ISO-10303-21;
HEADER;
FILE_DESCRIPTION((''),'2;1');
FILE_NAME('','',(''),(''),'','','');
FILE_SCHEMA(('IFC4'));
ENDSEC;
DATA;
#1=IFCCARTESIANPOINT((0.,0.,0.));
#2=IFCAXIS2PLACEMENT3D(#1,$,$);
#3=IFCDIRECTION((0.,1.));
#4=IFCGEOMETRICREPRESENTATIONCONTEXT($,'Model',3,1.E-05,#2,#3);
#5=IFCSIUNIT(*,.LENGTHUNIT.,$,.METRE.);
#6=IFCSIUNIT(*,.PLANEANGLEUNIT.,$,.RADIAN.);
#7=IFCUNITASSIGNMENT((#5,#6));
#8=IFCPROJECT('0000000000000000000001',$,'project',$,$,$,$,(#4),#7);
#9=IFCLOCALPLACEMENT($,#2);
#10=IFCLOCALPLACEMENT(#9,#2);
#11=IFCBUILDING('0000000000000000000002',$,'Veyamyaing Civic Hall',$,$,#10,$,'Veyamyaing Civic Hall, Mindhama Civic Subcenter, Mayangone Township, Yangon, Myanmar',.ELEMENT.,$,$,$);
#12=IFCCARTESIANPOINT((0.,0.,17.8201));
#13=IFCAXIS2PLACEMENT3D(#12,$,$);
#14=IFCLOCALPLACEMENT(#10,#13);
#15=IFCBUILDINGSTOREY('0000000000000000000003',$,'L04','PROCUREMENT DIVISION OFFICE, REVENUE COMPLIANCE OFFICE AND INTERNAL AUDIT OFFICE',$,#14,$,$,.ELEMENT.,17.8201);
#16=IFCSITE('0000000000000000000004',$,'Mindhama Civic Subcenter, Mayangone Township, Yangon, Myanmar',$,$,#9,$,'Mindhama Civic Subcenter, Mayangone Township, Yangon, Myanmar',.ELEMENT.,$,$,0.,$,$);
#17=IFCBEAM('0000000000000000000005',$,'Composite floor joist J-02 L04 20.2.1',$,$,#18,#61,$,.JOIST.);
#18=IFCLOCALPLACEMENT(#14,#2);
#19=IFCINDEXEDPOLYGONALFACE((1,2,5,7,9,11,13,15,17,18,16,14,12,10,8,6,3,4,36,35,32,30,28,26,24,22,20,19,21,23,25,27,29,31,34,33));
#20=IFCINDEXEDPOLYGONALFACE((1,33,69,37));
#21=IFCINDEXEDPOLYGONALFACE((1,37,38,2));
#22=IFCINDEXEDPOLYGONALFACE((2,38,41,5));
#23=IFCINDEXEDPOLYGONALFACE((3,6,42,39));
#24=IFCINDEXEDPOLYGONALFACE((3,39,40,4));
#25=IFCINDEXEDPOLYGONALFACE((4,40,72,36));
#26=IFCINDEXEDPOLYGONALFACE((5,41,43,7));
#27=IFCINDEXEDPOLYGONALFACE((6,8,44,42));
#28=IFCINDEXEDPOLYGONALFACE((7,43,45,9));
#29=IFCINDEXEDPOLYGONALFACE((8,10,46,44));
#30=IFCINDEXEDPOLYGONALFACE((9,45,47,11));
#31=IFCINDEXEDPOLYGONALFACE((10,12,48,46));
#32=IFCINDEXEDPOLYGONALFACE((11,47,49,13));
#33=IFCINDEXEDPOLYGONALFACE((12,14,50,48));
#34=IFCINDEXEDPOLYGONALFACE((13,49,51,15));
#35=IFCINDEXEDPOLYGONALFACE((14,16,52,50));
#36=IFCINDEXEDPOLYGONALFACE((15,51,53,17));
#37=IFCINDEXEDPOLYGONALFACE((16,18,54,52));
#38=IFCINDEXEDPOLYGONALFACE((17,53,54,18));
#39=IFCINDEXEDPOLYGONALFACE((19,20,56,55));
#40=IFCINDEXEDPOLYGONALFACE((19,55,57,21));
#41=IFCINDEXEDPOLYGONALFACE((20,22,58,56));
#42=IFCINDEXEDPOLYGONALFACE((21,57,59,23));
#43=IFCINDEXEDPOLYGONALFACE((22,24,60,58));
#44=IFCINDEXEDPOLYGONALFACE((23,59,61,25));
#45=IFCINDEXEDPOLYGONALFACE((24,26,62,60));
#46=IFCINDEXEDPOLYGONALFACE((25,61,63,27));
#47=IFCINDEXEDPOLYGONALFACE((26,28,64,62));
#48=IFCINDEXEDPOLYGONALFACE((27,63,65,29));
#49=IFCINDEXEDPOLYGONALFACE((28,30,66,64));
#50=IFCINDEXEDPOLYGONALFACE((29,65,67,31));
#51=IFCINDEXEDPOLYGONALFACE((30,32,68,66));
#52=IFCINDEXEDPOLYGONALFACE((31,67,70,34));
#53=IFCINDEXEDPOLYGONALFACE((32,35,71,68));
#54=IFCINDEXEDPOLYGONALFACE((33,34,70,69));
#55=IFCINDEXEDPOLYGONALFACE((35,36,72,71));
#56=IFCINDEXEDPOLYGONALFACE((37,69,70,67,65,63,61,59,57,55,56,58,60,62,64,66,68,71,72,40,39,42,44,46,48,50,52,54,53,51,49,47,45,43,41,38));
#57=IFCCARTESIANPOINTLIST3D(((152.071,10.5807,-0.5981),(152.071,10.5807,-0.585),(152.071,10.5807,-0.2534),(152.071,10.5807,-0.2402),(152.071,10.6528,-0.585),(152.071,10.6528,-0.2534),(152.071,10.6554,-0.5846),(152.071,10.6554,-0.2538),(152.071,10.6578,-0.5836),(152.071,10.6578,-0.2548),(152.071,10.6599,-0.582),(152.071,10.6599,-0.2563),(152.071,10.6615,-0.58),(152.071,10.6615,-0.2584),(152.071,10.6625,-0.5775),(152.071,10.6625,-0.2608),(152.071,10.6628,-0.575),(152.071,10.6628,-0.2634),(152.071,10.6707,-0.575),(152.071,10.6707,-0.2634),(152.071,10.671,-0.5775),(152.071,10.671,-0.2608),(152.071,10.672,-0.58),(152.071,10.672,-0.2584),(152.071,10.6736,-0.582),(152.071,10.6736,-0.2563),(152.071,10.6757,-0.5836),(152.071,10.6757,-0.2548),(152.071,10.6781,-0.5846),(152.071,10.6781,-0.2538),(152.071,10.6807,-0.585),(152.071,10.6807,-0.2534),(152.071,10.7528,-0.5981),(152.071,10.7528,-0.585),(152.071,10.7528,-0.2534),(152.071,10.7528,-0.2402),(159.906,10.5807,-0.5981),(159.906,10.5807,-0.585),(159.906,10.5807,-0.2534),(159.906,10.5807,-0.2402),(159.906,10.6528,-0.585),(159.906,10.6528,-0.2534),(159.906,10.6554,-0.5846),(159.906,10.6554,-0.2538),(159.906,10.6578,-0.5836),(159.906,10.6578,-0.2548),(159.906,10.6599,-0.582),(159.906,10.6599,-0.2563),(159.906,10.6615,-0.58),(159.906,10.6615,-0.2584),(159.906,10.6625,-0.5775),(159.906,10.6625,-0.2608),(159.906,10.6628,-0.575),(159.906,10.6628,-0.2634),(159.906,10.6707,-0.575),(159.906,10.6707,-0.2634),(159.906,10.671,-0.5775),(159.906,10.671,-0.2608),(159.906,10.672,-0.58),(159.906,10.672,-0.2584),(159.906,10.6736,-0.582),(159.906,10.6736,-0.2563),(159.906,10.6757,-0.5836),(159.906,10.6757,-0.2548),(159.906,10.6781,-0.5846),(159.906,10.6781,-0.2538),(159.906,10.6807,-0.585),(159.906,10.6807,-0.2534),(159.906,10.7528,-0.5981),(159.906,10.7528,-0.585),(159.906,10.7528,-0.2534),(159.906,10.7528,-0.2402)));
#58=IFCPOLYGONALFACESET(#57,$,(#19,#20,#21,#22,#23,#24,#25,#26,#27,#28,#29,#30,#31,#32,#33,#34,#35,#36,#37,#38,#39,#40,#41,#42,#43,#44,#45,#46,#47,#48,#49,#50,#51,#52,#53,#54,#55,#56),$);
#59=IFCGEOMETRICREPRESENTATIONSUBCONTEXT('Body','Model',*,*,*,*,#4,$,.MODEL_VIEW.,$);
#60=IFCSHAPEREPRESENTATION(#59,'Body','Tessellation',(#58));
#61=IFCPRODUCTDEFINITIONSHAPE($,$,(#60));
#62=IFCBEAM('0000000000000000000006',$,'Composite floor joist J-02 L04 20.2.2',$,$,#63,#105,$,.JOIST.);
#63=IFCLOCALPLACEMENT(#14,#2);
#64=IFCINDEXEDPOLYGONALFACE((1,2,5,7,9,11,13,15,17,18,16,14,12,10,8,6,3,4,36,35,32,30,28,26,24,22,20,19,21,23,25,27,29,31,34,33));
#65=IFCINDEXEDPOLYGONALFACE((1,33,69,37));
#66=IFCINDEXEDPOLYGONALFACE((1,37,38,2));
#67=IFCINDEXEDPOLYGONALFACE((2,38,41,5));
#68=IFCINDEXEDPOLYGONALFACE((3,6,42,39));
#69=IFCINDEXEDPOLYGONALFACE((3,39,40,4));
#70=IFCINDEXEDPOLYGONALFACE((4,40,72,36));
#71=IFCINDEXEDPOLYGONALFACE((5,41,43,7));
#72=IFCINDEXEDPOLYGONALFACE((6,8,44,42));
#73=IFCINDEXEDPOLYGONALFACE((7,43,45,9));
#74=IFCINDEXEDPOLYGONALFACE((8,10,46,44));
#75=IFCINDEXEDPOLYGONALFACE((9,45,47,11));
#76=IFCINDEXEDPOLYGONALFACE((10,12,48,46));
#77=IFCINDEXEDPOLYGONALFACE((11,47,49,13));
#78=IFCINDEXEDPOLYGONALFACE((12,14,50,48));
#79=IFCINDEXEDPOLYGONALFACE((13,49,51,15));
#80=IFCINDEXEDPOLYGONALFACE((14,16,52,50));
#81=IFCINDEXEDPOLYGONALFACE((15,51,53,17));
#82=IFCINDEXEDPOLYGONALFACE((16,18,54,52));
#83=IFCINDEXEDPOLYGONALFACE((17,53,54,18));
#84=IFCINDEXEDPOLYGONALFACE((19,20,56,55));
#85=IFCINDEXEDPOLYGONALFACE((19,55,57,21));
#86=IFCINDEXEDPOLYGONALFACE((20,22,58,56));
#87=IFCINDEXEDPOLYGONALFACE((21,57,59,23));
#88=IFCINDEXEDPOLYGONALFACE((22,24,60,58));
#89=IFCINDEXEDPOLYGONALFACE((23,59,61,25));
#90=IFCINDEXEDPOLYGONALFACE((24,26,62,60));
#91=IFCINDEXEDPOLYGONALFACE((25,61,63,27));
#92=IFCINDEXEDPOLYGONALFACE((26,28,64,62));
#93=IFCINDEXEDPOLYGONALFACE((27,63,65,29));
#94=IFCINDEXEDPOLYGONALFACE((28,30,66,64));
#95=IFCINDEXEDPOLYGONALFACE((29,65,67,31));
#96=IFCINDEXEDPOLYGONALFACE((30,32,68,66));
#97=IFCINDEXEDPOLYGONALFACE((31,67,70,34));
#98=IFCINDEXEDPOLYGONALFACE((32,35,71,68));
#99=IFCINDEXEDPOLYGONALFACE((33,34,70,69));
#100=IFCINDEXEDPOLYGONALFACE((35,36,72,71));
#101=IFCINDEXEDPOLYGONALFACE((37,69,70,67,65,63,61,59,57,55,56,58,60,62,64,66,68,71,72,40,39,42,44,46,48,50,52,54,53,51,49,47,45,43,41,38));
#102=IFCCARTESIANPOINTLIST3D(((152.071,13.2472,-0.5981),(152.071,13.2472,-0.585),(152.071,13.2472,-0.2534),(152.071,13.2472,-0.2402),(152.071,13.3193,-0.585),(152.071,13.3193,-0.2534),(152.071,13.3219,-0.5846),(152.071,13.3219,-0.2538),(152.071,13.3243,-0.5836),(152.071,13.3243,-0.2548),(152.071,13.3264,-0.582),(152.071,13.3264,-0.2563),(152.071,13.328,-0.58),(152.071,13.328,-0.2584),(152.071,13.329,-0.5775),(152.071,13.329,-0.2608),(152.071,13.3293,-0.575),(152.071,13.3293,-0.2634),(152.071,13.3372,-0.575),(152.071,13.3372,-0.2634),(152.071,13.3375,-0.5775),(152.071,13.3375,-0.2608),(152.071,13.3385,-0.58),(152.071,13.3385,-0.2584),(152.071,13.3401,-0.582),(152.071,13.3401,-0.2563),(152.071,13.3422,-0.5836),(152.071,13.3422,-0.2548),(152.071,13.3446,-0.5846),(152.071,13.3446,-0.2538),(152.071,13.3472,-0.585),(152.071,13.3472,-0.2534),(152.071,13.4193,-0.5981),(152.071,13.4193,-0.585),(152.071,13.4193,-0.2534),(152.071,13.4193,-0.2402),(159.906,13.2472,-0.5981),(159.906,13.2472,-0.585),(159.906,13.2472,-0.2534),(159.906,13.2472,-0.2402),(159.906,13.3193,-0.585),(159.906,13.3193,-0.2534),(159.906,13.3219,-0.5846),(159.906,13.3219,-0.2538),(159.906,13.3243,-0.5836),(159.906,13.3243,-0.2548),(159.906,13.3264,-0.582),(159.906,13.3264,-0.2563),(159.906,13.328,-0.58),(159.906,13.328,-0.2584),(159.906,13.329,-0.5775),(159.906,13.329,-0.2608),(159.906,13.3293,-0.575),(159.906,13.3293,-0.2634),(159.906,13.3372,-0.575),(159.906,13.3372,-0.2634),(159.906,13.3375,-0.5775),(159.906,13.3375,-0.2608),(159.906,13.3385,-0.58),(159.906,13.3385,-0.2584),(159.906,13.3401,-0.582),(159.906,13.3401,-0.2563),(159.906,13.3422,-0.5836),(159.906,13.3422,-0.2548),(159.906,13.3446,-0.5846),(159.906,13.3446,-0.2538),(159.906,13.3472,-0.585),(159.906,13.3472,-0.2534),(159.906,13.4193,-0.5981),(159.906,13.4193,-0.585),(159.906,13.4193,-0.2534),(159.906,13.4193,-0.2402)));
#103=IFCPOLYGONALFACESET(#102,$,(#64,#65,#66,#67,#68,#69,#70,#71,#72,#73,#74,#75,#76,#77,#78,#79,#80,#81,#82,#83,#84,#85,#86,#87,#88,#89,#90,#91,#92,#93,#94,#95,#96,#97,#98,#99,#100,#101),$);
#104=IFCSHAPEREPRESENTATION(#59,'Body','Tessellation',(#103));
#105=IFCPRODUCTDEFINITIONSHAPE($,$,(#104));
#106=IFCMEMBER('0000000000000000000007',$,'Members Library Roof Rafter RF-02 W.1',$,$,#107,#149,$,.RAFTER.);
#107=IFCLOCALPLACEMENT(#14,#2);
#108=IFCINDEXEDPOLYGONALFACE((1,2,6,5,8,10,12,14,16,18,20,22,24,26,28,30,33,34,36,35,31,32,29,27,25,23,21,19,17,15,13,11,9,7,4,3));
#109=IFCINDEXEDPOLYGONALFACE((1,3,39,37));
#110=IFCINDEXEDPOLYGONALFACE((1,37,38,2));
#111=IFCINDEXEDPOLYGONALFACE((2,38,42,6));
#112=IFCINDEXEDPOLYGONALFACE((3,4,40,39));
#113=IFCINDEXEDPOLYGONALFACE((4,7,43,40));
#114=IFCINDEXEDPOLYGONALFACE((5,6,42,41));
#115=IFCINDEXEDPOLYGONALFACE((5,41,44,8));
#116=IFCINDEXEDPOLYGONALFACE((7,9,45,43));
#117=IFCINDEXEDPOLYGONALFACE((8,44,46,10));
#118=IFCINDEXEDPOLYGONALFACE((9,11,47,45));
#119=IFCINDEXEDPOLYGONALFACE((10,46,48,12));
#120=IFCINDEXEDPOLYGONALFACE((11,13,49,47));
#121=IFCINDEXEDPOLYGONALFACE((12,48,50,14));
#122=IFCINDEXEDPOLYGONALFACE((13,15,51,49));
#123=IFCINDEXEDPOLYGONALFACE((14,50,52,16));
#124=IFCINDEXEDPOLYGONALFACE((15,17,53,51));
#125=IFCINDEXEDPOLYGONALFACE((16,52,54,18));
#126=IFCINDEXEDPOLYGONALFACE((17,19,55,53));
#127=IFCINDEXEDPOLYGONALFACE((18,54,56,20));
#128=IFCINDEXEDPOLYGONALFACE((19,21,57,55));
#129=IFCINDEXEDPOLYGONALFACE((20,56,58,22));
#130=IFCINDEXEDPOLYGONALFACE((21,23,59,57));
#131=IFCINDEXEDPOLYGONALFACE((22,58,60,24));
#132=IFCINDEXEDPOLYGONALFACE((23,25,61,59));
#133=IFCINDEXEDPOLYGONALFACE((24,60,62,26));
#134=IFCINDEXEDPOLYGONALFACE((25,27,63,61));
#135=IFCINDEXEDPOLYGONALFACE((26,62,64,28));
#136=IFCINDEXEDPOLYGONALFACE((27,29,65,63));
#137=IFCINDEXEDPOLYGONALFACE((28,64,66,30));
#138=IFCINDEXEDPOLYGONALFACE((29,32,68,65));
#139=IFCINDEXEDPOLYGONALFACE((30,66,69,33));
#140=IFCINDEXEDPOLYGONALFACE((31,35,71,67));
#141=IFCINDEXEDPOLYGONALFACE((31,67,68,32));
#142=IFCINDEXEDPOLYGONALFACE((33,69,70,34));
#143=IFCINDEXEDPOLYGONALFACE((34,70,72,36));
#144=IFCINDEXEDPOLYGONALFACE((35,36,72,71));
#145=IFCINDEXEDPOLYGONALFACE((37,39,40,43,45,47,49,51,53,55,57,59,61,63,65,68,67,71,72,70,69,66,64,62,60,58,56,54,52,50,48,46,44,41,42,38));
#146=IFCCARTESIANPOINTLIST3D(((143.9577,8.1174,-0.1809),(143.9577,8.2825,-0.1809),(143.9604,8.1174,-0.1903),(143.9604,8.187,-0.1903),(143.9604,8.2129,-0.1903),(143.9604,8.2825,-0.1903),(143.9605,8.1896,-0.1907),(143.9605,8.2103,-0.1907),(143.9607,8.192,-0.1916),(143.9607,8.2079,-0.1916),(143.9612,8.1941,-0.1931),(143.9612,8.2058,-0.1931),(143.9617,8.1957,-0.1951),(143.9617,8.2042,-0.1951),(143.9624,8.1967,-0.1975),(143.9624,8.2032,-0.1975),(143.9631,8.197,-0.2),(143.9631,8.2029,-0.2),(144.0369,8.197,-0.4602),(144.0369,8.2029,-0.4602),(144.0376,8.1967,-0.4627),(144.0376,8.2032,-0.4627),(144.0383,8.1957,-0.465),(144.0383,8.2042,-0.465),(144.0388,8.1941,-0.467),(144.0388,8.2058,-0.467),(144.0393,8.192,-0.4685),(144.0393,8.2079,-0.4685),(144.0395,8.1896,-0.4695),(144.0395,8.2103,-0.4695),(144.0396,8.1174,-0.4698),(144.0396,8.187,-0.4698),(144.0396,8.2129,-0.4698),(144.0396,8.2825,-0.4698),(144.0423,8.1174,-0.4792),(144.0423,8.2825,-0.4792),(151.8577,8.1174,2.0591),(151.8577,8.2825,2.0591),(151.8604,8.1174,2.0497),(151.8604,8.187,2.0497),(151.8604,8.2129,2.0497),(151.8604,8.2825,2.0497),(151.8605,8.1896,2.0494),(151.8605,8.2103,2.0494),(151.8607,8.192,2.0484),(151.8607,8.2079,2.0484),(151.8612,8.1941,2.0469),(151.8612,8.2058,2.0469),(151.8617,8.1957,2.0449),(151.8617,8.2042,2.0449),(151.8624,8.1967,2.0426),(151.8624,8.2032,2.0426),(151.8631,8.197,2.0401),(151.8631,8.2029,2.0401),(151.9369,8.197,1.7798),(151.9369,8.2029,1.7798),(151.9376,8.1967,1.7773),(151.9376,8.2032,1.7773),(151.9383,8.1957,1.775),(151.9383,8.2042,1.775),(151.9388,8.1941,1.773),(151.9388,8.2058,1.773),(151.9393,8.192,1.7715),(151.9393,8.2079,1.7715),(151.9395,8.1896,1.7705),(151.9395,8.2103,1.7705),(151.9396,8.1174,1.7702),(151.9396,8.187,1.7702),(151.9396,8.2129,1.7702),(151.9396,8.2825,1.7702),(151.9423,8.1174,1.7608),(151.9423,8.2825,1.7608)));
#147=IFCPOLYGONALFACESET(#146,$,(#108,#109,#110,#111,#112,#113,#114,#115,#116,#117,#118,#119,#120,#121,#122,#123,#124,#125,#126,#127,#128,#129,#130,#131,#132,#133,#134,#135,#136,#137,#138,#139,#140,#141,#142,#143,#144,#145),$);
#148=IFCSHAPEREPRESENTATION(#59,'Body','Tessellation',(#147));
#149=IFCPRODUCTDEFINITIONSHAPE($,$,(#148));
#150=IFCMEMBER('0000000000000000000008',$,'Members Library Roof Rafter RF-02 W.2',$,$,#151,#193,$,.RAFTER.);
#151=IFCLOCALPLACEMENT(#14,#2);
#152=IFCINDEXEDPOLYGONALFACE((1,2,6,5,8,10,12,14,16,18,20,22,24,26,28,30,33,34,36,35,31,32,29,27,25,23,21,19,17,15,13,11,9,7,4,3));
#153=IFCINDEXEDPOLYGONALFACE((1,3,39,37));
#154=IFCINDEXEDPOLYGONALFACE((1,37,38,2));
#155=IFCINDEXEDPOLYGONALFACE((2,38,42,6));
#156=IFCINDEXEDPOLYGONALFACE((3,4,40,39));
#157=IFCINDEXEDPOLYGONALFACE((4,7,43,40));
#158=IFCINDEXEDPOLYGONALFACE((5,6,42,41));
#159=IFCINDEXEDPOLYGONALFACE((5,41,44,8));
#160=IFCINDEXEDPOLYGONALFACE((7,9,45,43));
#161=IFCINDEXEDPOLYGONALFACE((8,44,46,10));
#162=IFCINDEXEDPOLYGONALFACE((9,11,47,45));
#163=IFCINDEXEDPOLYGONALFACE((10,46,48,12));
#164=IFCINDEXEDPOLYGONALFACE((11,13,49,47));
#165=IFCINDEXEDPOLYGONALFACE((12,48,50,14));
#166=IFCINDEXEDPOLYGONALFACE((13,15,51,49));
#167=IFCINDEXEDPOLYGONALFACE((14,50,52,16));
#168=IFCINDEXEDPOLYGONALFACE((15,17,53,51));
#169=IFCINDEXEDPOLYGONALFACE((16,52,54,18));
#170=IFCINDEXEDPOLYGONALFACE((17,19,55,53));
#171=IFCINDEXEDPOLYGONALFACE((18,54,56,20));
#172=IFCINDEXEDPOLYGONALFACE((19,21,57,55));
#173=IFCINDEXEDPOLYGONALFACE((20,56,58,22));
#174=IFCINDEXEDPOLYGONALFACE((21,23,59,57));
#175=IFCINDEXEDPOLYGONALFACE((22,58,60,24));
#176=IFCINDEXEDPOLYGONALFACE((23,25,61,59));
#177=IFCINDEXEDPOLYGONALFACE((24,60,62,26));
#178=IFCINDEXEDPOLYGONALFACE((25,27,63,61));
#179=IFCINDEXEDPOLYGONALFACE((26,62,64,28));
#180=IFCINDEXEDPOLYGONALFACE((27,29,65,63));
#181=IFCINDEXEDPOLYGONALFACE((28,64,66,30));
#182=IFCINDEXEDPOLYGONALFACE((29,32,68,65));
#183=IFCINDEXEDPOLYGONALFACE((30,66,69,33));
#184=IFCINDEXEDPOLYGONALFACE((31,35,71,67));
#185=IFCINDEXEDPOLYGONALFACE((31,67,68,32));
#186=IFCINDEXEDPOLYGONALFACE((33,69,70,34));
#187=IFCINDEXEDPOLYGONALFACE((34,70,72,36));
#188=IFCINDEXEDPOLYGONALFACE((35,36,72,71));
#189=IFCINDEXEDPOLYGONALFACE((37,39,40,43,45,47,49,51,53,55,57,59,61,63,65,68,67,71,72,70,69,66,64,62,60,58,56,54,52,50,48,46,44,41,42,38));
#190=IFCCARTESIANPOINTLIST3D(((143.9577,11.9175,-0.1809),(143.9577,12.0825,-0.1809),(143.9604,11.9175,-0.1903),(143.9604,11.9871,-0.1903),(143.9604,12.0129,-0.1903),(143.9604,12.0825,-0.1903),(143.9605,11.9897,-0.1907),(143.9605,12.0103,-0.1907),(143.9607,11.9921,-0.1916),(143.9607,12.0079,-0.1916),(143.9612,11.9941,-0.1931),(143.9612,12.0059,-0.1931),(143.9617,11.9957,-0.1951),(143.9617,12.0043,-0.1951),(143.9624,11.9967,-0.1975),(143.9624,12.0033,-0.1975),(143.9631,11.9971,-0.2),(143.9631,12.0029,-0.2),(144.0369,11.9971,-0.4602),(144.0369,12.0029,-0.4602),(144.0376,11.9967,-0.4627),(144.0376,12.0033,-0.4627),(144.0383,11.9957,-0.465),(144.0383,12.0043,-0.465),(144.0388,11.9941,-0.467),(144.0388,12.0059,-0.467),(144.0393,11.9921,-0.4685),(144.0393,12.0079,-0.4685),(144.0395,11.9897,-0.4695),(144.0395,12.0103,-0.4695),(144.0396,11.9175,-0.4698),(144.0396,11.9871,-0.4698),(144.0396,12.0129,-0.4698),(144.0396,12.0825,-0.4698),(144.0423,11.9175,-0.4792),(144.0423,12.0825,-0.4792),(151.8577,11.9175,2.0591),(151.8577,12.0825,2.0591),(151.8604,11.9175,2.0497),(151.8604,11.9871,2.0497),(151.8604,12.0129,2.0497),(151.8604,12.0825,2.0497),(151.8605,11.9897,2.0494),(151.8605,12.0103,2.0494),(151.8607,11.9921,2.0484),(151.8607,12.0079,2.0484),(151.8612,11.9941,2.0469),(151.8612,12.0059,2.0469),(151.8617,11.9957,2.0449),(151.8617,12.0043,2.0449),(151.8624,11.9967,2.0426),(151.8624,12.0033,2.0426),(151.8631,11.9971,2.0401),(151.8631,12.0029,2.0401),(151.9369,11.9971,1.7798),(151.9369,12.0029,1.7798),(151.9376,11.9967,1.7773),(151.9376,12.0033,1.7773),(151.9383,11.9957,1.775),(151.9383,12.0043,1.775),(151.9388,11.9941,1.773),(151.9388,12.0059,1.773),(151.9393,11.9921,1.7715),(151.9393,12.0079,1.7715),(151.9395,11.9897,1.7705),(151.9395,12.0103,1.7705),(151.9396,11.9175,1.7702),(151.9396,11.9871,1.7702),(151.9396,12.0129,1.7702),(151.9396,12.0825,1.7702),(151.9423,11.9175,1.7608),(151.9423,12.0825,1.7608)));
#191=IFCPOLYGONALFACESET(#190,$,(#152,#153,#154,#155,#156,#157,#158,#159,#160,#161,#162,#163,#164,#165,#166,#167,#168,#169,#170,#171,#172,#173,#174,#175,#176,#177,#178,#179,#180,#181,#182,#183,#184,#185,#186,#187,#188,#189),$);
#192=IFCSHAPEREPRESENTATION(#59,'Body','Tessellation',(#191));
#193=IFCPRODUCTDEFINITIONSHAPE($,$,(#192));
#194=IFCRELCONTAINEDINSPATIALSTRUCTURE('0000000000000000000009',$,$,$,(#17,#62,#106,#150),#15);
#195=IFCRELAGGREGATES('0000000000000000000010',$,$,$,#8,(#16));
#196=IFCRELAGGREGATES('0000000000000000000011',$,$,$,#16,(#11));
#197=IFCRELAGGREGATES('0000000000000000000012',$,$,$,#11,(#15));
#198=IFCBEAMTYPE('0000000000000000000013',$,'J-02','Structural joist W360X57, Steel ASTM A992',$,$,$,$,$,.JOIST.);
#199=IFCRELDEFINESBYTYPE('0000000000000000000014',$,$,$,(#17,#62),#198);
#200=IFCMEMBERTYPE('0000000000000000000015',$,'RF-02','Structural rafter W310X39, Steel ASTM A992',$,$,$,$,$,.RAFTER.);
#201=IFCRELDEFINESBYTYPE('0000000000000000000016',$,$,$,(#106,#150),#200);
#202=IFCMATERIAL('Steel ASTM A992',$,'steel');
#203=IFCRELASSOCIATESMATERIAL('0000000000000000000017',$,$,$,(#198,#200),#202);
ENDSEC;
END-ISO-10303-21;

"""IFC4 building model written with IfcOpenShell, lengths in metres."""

from ifc_helpers import new_model, si_unit, direction, frame, origin, origin_2d, place, context, subcontext, project, spatial, i_section, extrude, material, material_profile, profile_set, type_object, element, save


model = new_model("IFC4")

# Units and contexts
model_context = context("Model", 3, precision=1e-05, world=origin(), true_north=direction((0.0, 1.0)))
body_context = subcontext(model_context, "Body", "Model", "MODEL_VIEW")
ifc_project = project(units=[si_unit("LENGTHUNIT", "METRE"), si_unit("PLANEANGLEUNIT", "RADIAN")], contexts=[model_context])

# Site, building, storey
site_placement = place(None, origin())
site = spatial("IfcSite", under=ifc_project, at=site_placement, Name="Mindhama Civic Subcenter, Mayangone Township, Yangon, Myanmar", LongName="Mindhama Civic Subcenter, Mayangone Township, Yangon, Myanmar", CompositionType="ELEMENT", RefElevation=0.0)
building_placement = place(site_placement, origin())
building = spatial("IfcBuilding", under=site, at=building_placement, Name="Veyamyaing Civic Hall", LongName="Veyamyaing Civic Hall, Mindhama Civic Subcenter, Mayangone Township, Yangon, Myanmar", CompositionType="ELEMENT")
storey_placement = place(building_placement, frame((0.0, 0.0, 17.8201)))
storey = spatial("IfcBuildingStorey", under=building, at=storey_placement, Name="L04", Description="PROCUREMENT DIVISION OFFICE, REVENUE COMPLIANCE OFFICE AND INTERNAL AUDIT OFFICE", CompositionType="ELEMENT", Elevation=17.8201)

# Beams
ifc_material_1 = material(Name="Steel ASTM A992", Category="steel")
ifc_material_profile_1 = material_profile(ifc_material_1, i_section(OverallWidth=0.1721, OverallDepth=0.3579, WebThickness=0.0078, FlangeThickness=0.0132, FilletRadius=0.01, at=origin_2d()), Name="W360X57")
ifc_profile_set_1 = profile_set([ifc_material_profile_1], Name="Steel ASTM A992")
beam_type_1 = type_object("IfcBeamType", Name="J-02", Description="Structural joist W360X57, Steel ASTM A992", PredefinedType="JOIST", material=ifc_profile_set_1)
for number, where, z_axis, x_axis, name in (
    (1, (152.071, 10.6667, -0.4192), (1.0, 0.0, 0.0), (0.0, 1.0, 0.0), "Composite floor joist J-02 L04 20.2.1"),
    (2, (152.071, 13.3333, -0.4192), (1.0, 0.0, 0.0), (0.0, 1.0, 0.0), "Composite floor joist J-02 L04 20.2.2"),
):
    element("IfcBeam", number, at=place(storey_placement, frame(where, z_axis=z_axis, x_axis=x_axis)), inside=storey, type_object=beam_type_1, Name=name, PredefinedType="JOIST", context=body_context, shape_type="SweptSolid", body=[
        extrude(i_section(OverallWidth=0.1721, OverallDepth=0.3579, WebThickness=0.0078, FlangeThickness=0.0132, FilletRadius=0.01, at=origin_2d()), origin(), (0.0, 0.0, 1.0), 7.835),
    ])

# Members
ifc_material_profile_2 = material_profile(ifc_material_1, i_section(OverallWidth=0.165, OverallDepth=0.3101, WebThickness=0.0059, FlangeThickness=0.0098, FilletRadius=0.01, at=origin_2d()), Name="W310X39")
ifc_profile_set_2 = profile_set([ifc_material_profile_2], Name="Steel ASTM A992")
member_type = type_object("IfcMemberType", Name="RF-02", Description="Structural rafter W310X39, Steel ASTM A992", PredefinedType="RAFTER", material=ifc_profile_set_2)
for number, where, z_axis, x_axis, name in (
    (3, (144.0, 8.2, -0.3301), (0.962073, 0.0, 0.272792), (0.0, 1.0, 0.0), "Members Library Roof Rafter RF-02 W.1"),
    (4, (144.0, 12.0, -0.3301), (0.962073, 0.0, 0.272792), (0.0, 1.0, 0.0), "Members Library Roof Rafter RF-02 W.2"),
):
    element("IfcMember", number, at=place(storey_placement, frame(where, z_axis=z_axis, x_axis=x_axis)), inside=storey, type_object=member_type, Name=name, PredefinedType="RAFTER", context=body_context, shape_type="SweptSolid", body=[
        extrude(i_section(OverallWidth=0.165, OverallDepth=0.3101, WebThickness=0.0059, FlangeThickness=0.0098, FilletRadius=0.01, at=origin_2d()), origin(), (0.0, 0.0, 1.0), 8.2114),
    ])

save(model, "model.ifc")
